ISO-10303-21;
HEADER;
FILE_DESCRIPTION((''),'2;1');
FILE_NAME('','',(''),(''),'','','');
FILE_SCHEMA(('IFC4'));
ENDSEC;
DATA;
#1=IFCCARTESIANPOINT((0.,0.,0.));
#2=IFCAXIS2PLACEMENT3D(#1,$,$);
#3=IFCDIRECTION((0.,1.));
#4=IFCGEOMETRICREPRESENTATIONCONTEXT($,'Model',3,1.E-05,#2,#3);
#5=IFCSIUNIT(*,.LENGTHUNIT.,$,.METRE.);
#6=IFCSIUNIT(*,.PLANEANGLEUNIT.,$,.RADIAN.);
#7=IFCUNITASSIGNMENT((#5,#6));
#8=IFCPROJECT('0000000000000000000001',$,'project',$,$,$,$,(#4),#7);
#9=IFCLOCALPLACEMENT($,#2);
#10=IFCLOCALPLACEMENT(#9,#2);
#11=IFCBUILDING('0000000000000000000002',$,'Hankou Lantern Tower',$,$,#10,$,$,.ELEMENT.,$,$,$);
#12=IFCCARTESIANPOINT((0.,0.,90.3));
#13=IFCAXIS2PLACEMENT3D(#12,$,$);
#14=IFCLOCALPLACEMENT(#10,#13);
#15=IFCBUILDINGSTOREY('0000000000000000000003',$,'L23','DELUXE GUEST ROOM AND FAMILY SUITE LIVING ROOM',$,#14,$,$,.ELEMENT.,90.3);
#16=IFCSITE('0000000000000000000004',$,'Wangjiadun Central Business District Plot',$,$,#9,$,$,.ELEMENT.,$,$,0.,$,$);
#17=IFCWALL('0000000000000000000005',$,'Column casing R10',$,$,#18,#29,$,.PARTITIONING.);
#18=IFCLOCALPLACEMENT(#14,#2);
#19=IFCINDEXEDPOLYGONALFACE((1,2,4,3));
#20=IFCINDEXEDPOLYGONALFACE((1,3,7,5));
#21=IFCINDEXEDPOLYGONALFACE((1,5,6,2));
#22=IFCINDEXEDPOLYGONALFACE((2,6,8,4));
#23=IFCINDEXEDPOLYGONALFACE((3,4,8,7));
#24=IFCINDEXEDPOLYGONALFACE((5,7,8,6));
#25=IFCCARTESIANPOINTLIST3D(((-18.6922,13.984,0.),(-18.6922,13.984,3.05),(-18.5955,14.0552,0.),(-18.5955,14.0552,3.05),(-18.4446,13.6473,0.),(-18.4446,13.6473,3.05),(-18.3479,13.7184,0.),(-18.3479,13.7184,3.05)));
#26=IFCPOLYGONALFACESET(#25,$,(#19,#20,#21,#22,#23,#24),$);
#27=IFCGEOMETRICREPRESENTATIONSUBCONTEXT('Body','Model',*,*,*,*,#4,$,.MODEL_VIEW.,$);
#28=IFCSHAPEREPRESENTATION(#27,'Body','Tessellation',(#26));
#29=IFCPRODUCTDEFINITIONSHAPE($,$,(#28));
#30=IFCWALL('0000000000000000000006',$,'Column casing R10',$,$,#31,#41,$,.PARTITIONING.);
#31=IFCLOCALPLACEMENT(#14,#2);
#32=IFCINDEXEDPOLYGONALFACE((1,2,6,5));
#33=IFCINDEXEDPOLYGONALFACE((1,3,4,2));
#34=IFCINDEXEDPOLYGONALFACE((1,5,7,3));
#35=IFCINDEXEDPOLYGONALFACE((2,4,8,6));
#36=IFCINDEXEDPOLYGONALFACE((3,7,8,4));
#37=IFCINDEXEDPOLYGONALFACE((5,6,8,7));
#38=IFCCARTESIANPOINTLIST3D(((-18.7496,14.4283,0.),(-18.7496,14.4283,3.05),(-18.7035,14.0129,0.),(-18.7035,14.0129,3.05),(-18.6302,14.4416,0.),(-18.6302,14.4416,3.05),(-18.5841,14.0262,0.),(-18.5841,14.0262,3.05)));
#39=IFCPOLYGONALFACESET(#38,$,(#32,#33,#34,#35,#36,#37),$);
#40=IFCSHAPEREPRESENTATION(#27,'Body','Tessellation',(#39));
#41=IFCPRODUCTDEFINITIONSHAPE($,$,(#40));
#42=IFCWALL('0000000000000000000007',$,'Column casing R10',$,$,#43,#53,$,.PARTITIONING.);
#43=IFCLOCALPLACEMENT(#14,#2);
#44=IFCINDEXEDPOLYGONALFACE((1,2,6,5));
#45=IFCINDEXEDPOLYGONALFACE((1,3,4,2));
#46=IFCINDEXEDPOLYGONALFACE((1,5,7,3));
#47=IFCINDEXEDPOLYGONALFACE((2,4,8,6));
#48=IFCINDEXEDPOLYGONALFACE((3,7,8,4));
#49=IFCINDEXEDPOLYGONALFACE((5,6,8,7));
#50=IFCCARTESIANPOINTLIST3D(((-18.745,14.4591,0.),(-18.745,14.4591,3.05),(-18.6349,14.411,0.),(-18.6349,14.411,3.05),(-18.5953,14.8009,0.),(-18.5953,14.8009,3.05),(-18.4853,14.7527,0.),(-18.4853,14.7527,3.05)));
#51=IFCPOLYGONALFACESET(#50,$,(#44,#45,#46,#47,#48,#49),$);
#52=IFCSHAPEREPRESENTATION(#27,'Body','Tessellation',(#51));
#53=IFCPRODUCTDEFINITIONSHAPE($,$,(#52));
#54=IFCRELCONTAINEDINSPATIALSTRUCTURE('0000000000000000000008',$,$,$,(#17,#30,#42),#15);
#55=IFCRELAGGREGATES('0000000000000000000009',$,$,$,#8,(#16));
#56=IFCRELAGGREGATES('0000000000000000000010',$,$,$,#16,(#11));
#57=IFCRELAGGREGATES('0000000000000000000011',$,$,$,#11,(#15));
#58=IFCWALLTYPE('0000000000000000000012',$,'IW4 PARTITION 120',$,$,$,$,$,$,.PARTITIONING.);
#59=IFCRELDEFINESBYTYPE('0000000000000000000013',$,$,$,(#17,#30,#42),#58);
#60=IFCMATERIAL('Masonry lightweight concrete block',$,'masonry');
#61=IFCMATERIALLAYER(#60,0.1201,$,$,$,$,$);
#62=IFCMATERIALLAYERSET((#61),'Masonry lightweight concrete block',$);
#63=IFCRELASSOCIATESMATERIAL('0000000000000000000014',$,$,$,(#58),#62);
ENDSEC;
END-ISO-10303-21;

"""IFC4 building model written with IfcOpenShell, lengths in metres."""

from ifc_helpers import new_model, si_unit, direction, frame, frame_2d, origin, place, context, subcontext, project, spatial, rectangle, extrude, material, layer, layer_set, type_object, element, save


model = new_model("IFC4")

# Units and contexts
model_context = context("Model", 3, precision=1e-05, world=origin(), true_north=direction((0.0, 1.0)))
body_context = subcontext(model_context, "Body", "Model", "MODEL_VIEW")
ifc_project = project(units=[si_unit("LENGTHUNIT", "METRE"), si_unit("PLANEANGLEUNIT", "RADIAN")], contexts=[model_context])

# Site, building, storey
site_placement = place(None, origin())
site = spatial("IfcSite", under=ifc_project, at=site_placement, Name="Wangjiadun Central Business District Plot", CompositionType="ELEMENT", RefElevation=0.0)
building_placement = place(site_placement, origin())
building = spatial("IfcBuilding", under=site, at=building_placement, Name="Hankou Lantern Tower", CompositionType="ELEMENT")
storey_placement = place(building_placement, frame((0.0, 0.0, 90.3)))
storey = spatial("IfcBuildingStorey", under=building, at=storey_placement, Name="L23", Description="DELUXE GUEST ROOM AND FAMILY SUITE LIVING ROOM", CompositionType="ELEMENT", Elevation=90.3)

# Walls
ifc_material_1 = material(Name="Masonry lightweight concrete block", Category="masonry")
ifc_layer_1 = layer(ifc_material_1, 0.1201)
ifc_layer_set_1 = layer_set([ifc_layer_1], Name="Masonry lightweight concrete block")
wall_type_1 = type_object("IfcWallType", Name="IW4 PARTITION 120", PredefinedType="PARTITIONING", material=ifc_layer_set_1)
for number, where, z_axis, x_axis, name in (
    (1, (-18.3962, 13.6829, 0.0), (0.0, 0.0, 1.0), (-0.592402, 0.805643, 0.0), "Column casing R10"),
    (2, (-18.6438, 14.0195, 0.0), (0.0, 0.0, 1.0), (-0.110367, 0.993891, 0.0), "Column casing R10"),
):
    element("IfcWall", number, at=place(storey_placement, frame(where, z_axis=z_axis, x_axis=x_axis)), inside=storey, type_object=wall_type_1, Name=name, PredefinedType="PARTITIONING", context=body_context, shape_type="SweptSolid", body=[
        extrude(rectangle(XDim=0.418, YDim=0.1201, at=frame_2d((0.209, 0.0))), origin(), (0.0, 0.0, 1.0), 3.05),
    ])
wall_1_placement = place(storey_placement, frame((-18.6899, 14.4351, 0.0), z_axis=(0.0, 0.0, 1.0), x_axis=(0.401093, 0.916037, 0.0)))
element("IfcWall", 3, at=wall_1_placement, inside=storey, type_object=wall_type_1, Name="Column casing R10", PredefinedType="PARTITIONING", context=body_context, shape_type="SweptSolid", body=[
    extrude(rectangle(XDim=0.373, YDim=0.1201, at=frame_2d((0.1865, 0.0))), origin(), (0.0, 0.0, 1.0), 3.05),
])

save(model, "model.ifc")
